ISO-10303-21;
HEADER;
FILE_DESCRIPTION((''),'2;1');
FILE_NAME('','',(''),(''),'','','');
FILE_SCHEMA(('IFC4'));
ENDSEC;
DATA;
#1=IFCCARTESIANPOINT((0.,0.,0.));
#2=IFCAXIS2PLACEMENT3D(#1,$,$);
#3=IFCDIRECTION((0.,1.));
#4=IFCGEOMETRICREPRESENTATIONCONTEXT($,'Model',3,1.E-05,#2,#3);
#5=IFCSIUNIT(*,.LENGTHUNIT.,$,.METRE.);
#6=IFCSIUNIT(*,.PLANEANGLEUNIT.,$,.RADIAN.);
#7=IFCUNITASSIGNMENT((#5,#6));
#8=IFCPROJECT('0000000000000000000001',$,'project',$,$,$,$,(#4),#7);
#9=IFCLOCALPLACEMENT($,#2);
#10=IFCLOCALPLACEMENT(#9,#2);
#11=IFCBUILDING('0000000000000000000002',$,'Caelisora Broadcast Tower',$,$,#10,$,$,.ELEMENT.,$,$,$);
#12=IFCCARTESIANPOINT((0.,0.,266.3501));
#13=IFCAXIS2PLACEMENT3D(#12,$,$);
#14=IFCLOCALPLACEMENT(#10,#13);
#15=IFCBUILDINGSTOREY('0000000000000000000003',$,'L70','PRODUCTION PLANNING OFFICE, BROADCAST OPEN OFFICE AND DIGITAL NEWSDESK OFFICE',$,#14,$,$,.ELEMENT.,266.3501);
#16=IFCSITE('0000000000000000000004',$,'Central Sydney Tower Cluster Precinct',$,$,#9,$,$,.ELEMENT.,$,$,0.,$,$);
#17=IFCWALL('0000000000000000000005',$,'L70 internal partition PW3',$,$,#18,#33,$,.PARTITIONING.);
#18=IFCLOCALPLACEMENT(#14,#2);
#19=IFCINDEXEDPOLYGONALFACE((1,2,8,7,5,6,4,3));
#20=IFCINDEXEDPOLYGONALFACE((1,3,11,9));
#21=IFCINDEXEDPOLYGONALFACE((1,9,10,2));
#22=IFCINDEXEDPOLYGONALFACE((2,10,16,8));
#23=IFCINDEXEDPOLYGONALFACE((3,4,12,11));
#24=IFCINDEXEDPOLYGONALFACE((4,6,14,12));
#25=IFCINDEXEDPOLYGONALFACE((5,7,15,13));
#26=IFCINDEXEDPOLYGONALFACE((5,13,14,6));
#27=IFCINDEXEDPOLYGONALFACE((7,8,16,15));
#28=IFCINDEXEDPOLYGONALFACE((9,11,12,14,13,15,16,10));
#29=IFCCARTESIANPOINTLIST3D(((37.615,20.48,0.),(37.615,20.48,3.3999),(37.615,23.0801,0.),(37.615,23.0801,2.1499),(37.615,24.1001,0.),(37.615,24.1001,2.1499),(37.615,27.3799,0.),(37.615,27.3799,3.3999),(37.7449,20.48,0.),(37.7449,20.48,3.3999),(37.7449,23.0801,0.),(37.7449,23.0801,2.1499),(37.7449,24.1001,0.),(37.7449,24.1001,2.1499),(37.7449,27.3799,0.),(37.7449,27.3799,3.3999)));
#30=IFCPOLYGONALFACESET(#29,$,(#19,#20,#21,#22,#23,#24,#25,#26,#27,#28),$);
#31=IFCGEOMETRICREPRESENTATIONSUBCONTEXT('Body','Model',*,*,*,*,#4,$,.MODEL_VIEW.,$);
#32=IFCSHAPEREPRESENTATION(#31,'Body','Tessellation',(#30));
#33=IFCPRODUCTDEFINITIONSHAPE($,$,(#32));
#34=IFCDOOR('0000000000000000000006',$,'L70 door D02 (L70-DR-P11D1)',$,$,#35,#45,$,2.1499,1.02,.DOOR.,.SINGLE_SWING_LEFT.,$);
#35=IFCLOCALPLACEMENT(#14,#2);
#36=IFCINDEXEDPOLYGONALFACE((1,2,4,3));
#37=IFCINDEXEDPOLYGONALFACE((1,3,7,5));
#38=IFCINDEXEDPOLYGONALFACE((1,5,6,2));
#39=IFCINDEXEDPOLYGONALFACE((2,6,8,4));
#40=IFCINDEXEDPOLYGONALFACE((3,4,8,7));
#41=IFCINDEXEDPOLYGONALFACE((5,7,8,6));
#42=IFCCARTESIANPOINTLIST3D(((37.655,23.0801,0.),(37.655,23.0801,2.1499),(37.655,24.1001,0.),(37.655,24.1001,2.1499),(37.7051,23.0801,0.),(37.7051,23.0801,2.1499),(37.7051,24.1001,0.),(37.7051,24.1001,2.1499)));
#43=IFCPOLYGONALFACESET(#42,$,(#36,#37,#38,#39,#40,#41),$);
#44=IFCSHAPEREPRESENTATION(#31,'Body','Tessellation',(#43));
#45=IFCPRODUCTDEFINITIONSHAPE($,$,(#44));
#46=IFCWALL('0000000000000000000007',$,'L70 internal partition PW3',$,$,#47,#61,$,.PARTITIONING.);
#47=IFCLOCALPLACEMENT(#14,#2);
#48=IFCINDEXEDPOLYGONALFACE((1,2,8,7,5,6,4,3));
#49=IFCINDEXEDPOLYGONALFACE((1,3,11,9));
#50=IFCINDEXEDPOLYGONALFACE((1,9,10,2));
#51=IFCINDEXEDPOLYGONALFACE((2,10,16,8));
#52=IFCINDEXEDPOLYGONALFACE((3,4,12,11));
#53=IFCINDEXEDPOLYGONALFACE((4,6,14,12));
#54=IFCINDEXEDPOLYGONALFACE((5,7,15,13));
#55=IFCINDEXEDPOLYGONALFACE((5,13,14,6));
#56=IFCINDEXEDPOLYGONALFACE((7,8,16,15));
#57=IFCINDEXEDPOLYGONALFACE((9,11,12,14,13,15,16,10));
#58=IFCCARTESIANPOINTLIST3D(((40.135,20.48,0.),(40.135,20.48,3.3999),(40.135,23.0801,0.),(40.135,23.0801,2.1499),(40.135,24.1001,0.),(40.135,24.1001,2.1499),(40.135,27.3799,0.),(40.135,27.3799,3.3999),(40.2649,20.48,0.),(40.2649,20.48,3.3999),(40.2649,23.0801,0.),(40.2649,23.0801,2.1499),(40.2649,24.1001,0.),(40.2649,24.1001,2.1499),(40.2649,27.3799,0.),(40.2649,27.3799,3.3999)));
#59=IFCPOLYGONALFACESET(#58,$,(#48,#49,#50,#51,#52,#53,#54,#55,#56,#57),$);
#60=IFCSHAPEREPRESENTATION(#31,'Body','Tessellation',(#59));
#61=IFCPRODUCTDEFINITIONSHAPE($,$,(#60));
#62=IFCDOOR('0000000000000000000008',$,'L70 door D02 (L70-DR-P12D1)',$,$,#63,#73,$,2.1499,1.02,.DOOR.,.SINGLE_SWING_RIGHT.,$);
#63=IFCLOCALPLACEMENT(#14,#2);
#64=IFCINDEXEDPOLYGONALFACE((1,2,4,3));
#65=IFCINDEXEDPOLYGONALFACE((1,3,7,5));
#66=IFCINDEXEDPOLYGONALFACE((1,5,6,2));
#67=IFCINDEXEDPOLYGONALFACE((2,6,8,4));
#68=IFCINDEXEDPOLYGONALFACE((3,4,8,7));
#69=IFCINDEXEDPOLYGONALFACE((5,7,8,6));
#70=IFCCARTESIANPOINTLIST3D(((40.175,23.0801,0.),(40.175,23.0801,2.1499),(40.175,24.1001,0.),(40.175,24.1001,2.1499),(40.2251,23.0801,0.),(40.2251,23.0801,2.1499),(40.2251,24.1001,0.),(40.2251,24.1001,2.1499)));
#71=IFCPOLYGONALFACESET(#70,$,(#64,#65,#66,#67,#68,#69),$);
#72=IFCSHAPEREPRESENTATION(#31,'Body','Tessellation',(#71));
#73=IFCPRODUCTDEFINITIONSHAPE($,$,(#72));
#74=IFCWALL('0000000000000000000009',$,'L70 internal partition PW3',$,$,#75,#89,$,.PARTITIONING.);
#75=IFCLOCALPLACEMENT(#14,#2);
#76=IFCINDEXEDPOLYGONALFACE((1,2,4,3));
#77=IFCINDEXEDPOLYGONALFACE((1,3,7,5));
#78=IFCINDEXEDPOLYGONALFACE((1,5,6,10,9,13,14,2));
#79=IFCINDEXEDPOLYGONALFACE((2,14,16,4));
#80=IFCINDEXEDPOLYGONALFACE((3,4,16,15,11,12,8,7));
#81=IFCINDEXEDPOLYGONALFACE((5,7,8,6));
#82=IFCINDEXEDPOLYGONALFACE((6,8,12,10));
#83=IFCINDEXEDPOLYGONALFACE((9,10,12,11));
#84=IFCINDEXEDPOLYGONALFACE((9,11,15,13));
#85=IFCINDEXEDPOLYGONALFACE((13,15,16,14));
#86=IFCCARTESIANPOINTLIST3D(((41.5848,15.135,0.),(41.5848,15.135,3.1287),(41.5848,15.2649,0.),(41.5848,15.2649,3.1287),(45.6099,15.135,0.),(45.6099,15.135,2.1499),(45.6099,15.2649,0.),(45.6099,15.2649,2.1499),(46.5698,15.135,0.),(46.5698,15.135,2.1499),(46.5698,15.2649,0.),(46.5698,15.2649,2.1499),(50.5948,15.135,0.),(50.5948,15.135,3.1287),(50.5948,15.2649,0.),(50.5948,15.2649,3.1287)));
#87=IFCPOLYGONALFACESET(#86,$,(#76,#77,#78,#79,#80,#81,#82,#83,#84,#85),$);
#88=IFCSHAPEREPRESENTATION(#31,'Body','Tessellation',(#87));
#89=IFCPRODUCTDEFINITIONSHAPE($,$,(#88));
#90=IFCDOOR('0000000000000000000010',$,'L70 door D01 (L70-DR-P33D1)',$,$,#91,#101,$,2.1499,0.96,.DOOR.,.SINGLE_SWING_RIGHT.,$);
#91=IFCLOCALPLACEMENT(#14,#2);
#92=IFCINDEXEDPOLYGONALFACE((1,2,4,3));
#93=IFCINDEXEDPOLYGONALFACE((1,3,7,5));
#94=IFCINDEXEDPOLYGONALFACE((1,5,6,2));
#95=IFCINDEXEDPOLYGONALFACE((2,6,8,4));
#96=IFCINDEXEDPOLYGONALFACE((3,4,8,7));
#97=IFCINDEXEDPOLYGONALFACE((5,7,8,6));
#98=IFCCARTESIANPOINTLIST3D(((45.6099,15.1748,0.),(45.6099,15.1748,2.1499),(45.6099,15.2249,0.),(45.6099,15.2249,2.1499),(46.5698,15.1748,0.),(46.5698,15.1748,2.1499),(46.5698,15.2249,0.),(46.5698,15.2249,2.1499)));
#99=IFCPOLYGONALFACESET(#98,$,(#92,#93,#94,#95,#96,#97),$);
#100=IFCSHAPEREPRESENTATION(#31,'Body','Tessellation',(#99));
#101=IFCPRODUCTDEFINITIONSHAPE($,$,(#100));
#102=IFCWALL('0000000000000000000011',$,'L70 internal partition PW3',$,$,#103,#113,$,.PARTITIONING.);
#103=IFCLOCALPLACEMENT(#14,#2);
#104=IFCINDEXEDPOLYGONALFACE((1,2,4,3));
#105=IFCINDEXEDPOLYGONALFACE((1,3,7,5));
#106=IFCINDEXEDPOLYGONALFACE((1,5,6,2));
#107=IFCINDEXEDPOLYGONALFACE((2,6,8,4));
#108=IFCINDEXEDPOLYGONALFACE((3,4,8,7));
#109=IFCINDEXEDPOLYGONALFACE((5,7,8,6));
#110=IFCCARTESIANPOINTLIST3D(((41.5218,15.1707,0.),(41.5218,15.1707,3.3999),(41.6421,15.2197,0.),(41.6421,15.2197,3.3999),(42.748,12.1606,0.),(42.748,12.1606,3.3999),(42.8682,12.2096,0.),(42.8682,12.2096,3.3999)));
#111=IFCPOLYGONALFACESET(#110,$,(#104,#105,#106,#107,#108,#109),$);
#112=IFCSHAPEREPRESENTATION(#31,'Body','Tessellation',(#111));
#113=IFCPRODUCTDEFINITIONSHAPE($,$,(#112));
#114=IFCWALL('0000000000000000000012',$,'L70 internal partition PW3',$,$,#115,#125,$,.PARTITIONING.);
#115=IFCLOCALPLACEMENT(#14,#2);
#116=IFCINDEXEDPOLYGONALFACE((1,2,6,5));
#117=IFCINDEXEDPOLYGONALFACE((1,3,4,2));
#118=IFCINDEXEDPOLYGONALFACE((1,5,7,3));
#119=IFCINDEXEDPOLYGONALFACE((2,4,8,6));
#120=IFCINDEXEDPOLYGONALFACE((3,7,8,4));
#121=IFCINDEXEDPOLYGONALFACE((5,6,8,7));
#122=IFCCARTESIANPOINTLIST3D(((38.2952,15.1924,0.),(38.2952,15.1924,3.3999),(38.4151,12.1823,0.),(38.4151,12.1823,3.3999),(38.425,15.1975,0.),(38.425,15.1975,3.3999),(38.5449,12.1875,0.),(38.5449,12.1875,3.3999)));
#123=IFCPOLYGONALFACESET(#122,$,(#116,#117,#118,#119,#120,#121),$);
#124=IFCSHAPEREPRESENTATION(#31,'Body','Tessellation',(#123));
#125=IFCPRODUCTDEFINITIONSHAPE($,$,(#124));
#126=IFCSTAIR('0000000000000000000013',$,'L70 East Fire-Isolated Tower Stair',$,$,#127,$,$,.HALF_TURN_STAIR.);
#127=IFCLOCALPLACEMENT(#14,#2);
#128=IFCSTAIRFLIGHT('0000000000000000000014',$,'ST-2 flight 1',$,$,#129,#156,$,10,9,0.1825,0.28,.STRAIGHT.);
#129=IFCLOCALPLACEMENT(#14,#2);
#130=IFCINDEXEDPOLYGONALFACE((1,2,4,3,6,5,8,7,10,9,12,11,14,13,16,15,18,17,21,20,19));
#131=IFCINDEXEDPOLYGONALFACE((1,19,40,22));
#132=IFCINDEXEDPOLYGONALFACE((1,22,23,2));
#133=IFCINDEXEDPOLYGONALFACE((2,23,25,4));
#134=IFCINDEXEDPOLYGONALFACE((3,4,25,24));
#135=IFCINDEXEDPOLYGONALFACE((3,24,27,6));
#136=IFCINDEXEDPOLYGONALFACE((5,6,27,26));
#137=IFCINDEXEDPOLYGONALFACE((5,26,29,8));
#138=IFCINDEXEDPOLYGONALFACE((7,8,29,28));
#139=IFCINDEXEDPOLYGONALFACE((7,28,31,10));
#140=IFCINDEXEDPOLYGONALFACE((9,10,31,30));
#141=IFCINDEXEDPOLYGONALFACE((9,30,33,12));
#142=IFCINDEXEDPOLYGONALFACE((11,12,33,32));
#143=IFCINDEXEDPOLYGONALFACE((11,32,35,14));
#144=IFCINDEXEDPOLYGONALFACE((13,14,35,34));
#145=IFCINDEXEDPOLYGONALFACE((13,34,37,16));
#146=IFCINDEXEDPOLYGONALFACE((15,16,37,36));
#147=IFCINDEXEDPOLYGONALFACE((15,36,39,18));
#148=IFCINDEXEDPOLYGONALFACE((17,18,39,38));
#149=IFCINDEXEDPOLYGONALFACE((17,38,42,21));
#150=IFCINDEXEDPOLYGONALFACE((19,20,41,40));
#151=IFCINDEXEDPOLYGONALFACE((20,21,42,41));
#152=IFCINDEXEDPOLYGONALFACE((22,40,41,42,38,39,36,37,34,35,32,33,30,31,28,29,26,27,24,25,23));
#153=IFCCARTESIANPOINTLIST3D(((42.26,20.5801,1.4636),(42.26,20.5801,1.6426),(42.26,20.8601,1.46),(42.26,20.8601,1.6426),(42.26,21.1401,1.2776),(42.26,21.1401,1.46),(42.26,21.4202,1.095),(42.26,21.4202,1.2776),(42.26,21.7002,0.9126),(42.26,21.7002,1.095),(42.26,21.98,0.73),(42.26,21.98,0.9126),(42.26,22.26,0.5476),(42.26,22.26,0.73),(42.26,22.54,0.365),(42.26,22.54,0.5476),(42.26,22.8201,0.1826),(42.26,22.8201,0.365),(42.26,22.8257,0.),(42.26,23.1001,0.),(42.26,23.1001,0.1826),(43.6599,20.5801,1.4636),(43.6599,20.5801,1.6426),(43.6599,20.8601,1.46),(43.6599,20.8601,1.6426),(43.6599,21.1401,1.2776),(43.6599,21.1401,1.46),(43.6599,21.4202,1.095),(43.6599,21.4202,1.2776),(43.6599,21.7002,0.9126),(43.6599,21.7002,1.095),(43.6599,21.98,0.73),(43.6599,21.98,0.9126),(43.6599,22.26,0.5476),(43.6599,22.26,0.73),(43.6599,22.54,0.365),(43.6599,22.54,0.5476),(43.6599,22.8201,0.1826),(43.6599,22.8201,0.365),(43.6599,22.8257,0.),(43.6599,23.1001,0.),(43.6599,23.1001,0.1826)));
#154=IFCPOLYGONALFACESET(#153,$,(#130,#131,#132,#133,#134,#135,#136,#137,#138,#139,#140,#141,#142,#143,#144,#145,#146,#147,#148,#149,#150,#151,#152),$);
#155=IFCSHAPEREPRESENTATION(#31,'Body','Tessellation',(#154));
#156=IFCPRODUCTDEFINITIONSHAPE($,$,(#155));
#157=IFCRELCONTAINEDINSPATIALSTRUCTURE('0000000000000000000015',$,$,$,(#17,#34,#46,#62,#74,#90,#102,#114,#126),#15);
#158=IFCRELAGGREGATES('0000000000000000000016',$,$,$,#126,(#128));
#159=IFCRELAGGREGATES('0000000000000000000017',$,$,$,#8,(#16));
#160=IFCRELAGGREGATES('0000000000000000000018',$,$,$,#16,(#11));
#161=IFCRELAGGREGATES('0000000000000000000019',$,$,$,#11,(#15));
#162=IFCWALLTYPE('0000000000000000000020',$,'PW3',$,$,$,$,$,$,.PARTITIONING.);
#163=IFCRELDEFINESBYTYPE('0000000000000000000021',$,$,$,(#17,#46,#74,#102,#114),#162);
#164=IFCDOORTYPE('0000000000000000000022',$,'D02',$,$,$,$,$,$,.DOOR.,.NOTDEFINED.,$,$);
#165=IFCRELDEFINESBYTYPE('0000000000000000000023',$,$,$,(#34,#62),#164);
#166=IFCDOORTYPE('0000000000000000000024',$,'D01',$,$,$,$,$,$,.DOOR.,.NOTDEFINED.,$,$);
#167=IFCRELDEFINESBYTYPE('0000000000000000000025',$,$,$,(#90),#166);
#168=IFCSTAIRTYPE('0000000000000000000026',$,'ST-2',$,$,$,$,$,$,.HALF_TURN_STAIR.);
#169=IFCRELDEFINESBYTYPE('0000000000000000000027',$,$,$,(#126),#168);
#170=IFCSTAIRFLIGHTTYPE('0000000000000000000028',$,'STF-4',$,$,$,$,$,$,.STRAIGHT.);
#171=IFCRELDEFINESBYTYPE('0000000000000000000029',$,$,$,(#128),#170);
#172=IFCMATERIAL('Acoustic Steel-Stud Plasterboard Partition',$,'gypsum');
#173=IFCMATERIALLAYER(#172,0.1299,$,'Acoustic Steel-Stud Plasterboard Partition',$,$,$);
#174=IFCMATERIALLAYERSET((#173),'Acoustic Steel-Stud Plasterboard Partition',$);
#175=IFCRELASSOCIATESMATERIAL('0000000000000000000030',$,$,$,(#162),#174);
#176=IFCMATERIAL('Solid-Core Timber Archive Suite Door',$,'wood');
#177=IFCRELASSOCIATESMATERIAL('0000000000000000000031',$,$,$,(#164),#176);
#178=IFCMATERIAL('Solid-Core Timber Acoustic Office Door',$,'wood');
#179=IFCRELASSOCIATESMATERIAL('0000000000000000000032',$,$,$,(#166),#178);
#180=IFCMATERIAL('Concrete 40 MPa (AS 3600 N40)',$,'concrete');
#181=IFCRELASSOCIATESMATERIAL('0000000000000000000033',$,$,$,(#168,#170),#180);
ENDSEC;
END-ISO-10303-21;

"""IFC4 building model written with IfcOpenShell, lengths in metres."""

from ifc_helpers import new_model, si_unit, direction, frame, frame_2d, origin, place, context, subcontext, project, spatial, polyline, rectangle, outline, extrude, material, layer, layer_set, type_object, element, fill, aggregate, save


model = new_model("IFC4")

# Units and contexts
model_context = context("Model", 3, precision=1e-05, world=origin(), true_north=direction((0.0, 1.0)))
body_context = subcontext(model_context, "Body", "Model", "MODEL_VIEW")
ifc_project = project(units=[si_unit("LENGTHUNIT", "METRE"), si_unit("PLANEANGLEUNIT", "RADIAN")], contexts=[model_context])

# Site, building, storey
site_placement = place(None, origin())
site = spatial("IfcSite", under=ifc_project, at=site_placement, Name="Central Sydney Tower Cluster Precinct", CompositionType="ELEMENT", RefElevation=0.0)
building_placement = place(site_placement, origin())
building = spatial("IfcBuilding", under=site, at=building_placement, Name="Caelisora Broadcast Tower", CompositionType="ELEMENT")
storey_placement = place(building_placement, frame((0.0, 0.0, 266.3501)))
storey = spatial("IfcBuildingStorey", under=building, at=storey_placement, Name="L70", Description="PRODUCTION PLANNING OFFICE, BROADCAST OPEN OFFICE AND DIGITAL NEWSDESK OFFICE", CompositionType="ELEMENT", Elevation=266.3501)

# Shared definitions
ifc_material_1 = material(Name="Concrete 40 MPa (AS 3600 N40)", Category="concrete")

# Walls, openings, doors
ifc_material_2 = material(Name="Acoustic Steel-Stud Plasterboard Partition", Category="gypsum")
ifc_layer_1 = layer(ifc_material_2, 0.1299, Name="Acoustic Steel-Stud Plasterboard Partition")
ifc_layer_set_1 = layer_set([ifc_layer_1], Name="Acoustic Steel-Stud Plasterboard Partition")
wall_type_1 = type_object("IfcWallType", Name="PW3", PredefinedType="PARTITIONING", material=ifc_layer_set_1)
wall_1_placement = place(storey_placement, frame((37.6799, 20.48, 0.0), z_axis=(0.0, 0.0, 1.0), x_axis=(0.0, 1.0, 0.0)))
wall_1 = element("IfcWall", 1, at=wall_1_placement, inside=storey, type_object=wall_type_1, Name="L70 internal partition PW3", PredefinedType="PARTITIONING", context=body_context, shape_type="SweptSolid", body=[
    extrude(rectangle(XDim=6.8999, YDim=0.1299, at=frame_2d((3.45, 0.0))), origin(), (0.0, 0.0, 1.0), 3.3999),
])
opening_1_placement = place(wall_1_placement, frame((2.6001, 0.0, 0.0)))
opening_1 = element("IfcOpeningElement", 2, at=opening_1_placement, cuts=wall_1, PredefinedType="OPENING", context=body_context, shape_type="SweptSolid", body=[
    extrude(rectangle(XDim=1.02, YDim=2.1499, at=frame_2d((0.51, 1.075))), frame((0.0, 0.0769, 0.0), z_axis=(0.0, -1.0, 0.0), x_axis=(1.0, 0.0, 0.0)), (0.0, 0.0, 1.0), 0.1538),
])
ifc_material_3 = material(Name="Solid-Core Timber Archive Suite Door", Category="wood")
door_type_1 = type_object("IfcDoorType", Name="D02", OperationType="NOTDEFINED", PredefinedType="DOOR", material=ifc_material_3)
door_1_placement = place(opening_1_placement, origin())
door_1 = element("IfcDoor", 3, at=door_1_placement, inside=storey, type_object=door_type_1, Name="L70 door D02 (L70-DR-P11D1)", OperationType="SINGLE_SWING_LEFT", OverallHeight=2.1499, OverallWidth=1.02, PredefinedType="DOOR", context=body_context, shape_type="SweptSolid", body=[
    extrude(rectangle(XDim=1.02, YDim=2.1499, at=frame_2d((0.51, 1.075))), frame((0.0, 0.0249, 0.0), z_axis=(0.0, -1.0, 0.0), x_axis=(1.0, 0.0, 0.0)), (0.0, 0.0, 1.0), 0.05),
])
fill(opening_1, door_1)
wall_2_placement = place(storey_placement, frame((40.2, 20.48, 0.0), z_axis=(0.0, 0.0, 1.0), x_axis=(0.0, 1.0, 0.0)))
wall_2 = element("IfcWall", 4, at=wall_2_placement, inside=storey, type_object=wall_type_1, Name="L70 internal partition PW3", PredefinedType="PARTITIONING", context=body_context, shape_type="SweptSolid", body=[
    extrude(rectangle(XDim=6.8999, YDim=0.1299, at=frame_2d((3.45, 0.0))), origin(), (0.0, 0.0, 1.0), 3.3999),
])
opening_2_placement = place(wall_2_placement, frame((2.6001, 0.0, 0.0)))
opening_2 = element("IfcOpeningElement", 5, at=opening_2_placement, cuts=wall_2, PredefinedType="OPENING", context=body_context, shape_type="SweptSolid", body=[
    extrude(rectangle(XDim=1.02, YDim=2.1499, at=frame_2d((0.51, 1.075))), frame((0.0, 0.0769, 0.0), z_axis=(0.0, -1.0, 0.0), x_axis=(1.0, 0.0, 0.0)), (0.0, 0.0, 1.0), 0.1538),
])
door_2_placement = place(opening_2_placement, origin())
door_2 = element("IfcDoor", 6, at=door_2_placement, inside=storey, type_object=door_type_1, Name="L70 door D02 (L70-DR-P12D1)", OperationType="SINGLE_SWING_RIGHT", OverallHeight=2.1499, OverallWidth=1.02, PredefinedType="DOOR", context=body_context, shape_type="SweptSolid", body=[
    extrude(rectangle(XDim=1.02, YDim=2.1499, at=frame_2d((0.51, 1.075))), frame((0.0, 0.0249, 0.0), z_axis=(0.0, -1.0, 0.0), x_axis=(1.0, 0.0, 0.0)), (0.0, 0.0, 1.0), 0.05),
])
fill(opening_2, door_2)
wall_3_placement = place(storey_placement, frame((41.585, 15.2, 0.0), z_axis=(0.0, 0.0, 1.0), x_axis=(1.0, 0.0, 0.0)))
wall_3 = element("IfcWall", 7, at=wall_3_placement, inside=storey, type_object=wall_type_1, Name="L70 internal partition PW3", PredefinedType="PARTITIONING", context=body_context, shape_type="SweptSolid", body=[
    extrude(rectangle(XDim=9.01, YDim=0.1299, at=frame_2d((4.5049, 0.0))), origin(), (0.0, 0.0, 1.0), 3.1287),
])
opening_3_placement = place(wall_3_placement, frame((4.0249, 0.0, 0.0)))
opening_3 = element("IfcOpeningElement", 8, at=opening_3_placement, cuts=wall_3, PredefinedType="OPENING", context=body_context, shape_type="SweptSolid", body=[
    extrude(rectangle(XDim=0.96, YDim=2.1499, at=frame_2d((0.48, 1.075))), frame((0.0, 0.0769, 0.0), z_axis=(0.0, -1.0, 0.0), x_axis=(1.0, 0.0, 0.0)), (0.0, 0.0, 1.0), 0.1538),
])
ifc_material_4 = material(Name="Solid-Core Timber Acoustic Office Door", Category="wood")
door_type_2 = type_object("IfcDoorType", Name="D01", OperationType="NOTDEFINED", PredefinedType="DOOR", material=ifc_material_4)
door_3_placement = place(opening_3_placement, origin())
door_3 = element("IfcDoor", 9, at=door_3_placement, inside=storey, type_object=door_type_2, Name="L70 door D01 (L70-DR-P33D1)", OperationType="SINGLE_SWING_RIGHT", OverallHeight=2.1499, OverallWidth=0.96, PredefinedType="DOOR", context=body_context, shape_type="SweptSolid", body=[
    extrude(rectangle(XDim=0.96, YDim=2.1499, at=frame_2d((0.48, 1.075))), frame((0.0, 0.0249, 0.0), z_axis=(0.0, -1.0, 0.0), x_axis=(1.0, 0.0, 0.0)), (0.0, 0.0, 1.0), 0.05),
])
fill(opening_3, door_3)

# Wall
wall_4_placement = place(storey_placement, frame((41.582, 15.1951, 0.0), z_axis=(0.0, 0.0, 1.0), x_axis=(0.377237, -0.926117, 0.0)))
element("IfcWall", 10, at=wall_4_placement, inside=storey, type_object=wall_type_1, Name="L70 internal partition PW3", PredefinedType="PARTITIONING", context=body_context, shape_type="SweptSolid", body=[
    extrude(rectangle(XDim=3.2502, YDim=0.1299, at=frame_2d((1.625, 0.0))), origin(), (0.0, 0.0, 1.0), 3.3999),
])

# Wall
wall_5_placement = place(storey_placement, frame((38.3601, 15.1951, 0.0), z_axis=(0.0, 0.0, 1.0), x_axis=(0.039793, -0.999208, 0.0)))
element("IfcWall", 11, at=wall_5_placement, inside=storey, type_object=wall_type_1, Name="L70 internal partition PW3", PredefinedType="PARTITIONING", context=body_context, shape_type="SweptSolid", body=[
    extrude(rectangle(XDim=3.0125, YDim=0.1299, at=frame_2d((1.5063, 0.0))), origin(), (0.0, 0.0, 1.0), 3.3999),
])

# Stair, stair flight
stair_type = type_object("IfcStairType", Name="ST-2", PredefinedType="HALF_TURN_STAIR", material=ifc_material_1)
stair_placement = place(storey_placement, origin())
stair = element("IfcStair", 12, at=stair_placement, inside=storey, type_object=stair_type, Name="L70 East Fire-Isolated Tower Stair", PredefinedType="HALF_TURN_STAIR")
stair_flight_type = type_object("IfcStairFlightType", Name="STF-4", PredefinedType="STRAIGHT", material=ifc_material_1)
stair_flight_1_placement = place(storey_placement, frame((42.96, 23.1001, 0.0), z_axis=(0.0, 0.0, 1.0), x_axis=(0.0, -1.0, 0.0)))
stair_flight_1 = element("IfcStairFlight", 13, at=stair_flight_1_placement, type_object=stair_flight_type, Name="ST-2 flight 1", NumberOfRisers=10, NumberOfTreads=9, PredefinedType="STRAIGHT", RiserHeight=0.1825, TreadLength=0.28, context=body_context, shape_type="SweptSolid", body=[
    extrude(outline(polyline([(0.0, 0.0), (0.0, 0.1826), (0.28, 0.1826), (0.28, 0.365), (0.5601, 0.365), (0.5601, 0.5476), (0.8401, 0.5476), (0.8401, 0.73), (1.1201, 0.73), (1.1201, 0.9126), (1.3999, 0.9126), (1.3999, 1.095), (1.6799, 1.095), (1.6799, 1.2776), (1.96, 1.2776), (1.96, 1.46), (2.24, 1.46), (2.24, 1.6426), (2.52, 1.6426), (2.52, 1.825), (2.52, 1.4636), (0.2744, 0.0), (0.0, 0.0)])), frame((0.0, 0.7, 0.0), z_axis=(0.0, -1.0, 0.0), x_axis=(1.0, 0.0, 0.0)), (0.0, 0.0, 1.0), 1.3999),
])
aggregate(stair, [stair_flight_1])

save(model, "model.ifc")
